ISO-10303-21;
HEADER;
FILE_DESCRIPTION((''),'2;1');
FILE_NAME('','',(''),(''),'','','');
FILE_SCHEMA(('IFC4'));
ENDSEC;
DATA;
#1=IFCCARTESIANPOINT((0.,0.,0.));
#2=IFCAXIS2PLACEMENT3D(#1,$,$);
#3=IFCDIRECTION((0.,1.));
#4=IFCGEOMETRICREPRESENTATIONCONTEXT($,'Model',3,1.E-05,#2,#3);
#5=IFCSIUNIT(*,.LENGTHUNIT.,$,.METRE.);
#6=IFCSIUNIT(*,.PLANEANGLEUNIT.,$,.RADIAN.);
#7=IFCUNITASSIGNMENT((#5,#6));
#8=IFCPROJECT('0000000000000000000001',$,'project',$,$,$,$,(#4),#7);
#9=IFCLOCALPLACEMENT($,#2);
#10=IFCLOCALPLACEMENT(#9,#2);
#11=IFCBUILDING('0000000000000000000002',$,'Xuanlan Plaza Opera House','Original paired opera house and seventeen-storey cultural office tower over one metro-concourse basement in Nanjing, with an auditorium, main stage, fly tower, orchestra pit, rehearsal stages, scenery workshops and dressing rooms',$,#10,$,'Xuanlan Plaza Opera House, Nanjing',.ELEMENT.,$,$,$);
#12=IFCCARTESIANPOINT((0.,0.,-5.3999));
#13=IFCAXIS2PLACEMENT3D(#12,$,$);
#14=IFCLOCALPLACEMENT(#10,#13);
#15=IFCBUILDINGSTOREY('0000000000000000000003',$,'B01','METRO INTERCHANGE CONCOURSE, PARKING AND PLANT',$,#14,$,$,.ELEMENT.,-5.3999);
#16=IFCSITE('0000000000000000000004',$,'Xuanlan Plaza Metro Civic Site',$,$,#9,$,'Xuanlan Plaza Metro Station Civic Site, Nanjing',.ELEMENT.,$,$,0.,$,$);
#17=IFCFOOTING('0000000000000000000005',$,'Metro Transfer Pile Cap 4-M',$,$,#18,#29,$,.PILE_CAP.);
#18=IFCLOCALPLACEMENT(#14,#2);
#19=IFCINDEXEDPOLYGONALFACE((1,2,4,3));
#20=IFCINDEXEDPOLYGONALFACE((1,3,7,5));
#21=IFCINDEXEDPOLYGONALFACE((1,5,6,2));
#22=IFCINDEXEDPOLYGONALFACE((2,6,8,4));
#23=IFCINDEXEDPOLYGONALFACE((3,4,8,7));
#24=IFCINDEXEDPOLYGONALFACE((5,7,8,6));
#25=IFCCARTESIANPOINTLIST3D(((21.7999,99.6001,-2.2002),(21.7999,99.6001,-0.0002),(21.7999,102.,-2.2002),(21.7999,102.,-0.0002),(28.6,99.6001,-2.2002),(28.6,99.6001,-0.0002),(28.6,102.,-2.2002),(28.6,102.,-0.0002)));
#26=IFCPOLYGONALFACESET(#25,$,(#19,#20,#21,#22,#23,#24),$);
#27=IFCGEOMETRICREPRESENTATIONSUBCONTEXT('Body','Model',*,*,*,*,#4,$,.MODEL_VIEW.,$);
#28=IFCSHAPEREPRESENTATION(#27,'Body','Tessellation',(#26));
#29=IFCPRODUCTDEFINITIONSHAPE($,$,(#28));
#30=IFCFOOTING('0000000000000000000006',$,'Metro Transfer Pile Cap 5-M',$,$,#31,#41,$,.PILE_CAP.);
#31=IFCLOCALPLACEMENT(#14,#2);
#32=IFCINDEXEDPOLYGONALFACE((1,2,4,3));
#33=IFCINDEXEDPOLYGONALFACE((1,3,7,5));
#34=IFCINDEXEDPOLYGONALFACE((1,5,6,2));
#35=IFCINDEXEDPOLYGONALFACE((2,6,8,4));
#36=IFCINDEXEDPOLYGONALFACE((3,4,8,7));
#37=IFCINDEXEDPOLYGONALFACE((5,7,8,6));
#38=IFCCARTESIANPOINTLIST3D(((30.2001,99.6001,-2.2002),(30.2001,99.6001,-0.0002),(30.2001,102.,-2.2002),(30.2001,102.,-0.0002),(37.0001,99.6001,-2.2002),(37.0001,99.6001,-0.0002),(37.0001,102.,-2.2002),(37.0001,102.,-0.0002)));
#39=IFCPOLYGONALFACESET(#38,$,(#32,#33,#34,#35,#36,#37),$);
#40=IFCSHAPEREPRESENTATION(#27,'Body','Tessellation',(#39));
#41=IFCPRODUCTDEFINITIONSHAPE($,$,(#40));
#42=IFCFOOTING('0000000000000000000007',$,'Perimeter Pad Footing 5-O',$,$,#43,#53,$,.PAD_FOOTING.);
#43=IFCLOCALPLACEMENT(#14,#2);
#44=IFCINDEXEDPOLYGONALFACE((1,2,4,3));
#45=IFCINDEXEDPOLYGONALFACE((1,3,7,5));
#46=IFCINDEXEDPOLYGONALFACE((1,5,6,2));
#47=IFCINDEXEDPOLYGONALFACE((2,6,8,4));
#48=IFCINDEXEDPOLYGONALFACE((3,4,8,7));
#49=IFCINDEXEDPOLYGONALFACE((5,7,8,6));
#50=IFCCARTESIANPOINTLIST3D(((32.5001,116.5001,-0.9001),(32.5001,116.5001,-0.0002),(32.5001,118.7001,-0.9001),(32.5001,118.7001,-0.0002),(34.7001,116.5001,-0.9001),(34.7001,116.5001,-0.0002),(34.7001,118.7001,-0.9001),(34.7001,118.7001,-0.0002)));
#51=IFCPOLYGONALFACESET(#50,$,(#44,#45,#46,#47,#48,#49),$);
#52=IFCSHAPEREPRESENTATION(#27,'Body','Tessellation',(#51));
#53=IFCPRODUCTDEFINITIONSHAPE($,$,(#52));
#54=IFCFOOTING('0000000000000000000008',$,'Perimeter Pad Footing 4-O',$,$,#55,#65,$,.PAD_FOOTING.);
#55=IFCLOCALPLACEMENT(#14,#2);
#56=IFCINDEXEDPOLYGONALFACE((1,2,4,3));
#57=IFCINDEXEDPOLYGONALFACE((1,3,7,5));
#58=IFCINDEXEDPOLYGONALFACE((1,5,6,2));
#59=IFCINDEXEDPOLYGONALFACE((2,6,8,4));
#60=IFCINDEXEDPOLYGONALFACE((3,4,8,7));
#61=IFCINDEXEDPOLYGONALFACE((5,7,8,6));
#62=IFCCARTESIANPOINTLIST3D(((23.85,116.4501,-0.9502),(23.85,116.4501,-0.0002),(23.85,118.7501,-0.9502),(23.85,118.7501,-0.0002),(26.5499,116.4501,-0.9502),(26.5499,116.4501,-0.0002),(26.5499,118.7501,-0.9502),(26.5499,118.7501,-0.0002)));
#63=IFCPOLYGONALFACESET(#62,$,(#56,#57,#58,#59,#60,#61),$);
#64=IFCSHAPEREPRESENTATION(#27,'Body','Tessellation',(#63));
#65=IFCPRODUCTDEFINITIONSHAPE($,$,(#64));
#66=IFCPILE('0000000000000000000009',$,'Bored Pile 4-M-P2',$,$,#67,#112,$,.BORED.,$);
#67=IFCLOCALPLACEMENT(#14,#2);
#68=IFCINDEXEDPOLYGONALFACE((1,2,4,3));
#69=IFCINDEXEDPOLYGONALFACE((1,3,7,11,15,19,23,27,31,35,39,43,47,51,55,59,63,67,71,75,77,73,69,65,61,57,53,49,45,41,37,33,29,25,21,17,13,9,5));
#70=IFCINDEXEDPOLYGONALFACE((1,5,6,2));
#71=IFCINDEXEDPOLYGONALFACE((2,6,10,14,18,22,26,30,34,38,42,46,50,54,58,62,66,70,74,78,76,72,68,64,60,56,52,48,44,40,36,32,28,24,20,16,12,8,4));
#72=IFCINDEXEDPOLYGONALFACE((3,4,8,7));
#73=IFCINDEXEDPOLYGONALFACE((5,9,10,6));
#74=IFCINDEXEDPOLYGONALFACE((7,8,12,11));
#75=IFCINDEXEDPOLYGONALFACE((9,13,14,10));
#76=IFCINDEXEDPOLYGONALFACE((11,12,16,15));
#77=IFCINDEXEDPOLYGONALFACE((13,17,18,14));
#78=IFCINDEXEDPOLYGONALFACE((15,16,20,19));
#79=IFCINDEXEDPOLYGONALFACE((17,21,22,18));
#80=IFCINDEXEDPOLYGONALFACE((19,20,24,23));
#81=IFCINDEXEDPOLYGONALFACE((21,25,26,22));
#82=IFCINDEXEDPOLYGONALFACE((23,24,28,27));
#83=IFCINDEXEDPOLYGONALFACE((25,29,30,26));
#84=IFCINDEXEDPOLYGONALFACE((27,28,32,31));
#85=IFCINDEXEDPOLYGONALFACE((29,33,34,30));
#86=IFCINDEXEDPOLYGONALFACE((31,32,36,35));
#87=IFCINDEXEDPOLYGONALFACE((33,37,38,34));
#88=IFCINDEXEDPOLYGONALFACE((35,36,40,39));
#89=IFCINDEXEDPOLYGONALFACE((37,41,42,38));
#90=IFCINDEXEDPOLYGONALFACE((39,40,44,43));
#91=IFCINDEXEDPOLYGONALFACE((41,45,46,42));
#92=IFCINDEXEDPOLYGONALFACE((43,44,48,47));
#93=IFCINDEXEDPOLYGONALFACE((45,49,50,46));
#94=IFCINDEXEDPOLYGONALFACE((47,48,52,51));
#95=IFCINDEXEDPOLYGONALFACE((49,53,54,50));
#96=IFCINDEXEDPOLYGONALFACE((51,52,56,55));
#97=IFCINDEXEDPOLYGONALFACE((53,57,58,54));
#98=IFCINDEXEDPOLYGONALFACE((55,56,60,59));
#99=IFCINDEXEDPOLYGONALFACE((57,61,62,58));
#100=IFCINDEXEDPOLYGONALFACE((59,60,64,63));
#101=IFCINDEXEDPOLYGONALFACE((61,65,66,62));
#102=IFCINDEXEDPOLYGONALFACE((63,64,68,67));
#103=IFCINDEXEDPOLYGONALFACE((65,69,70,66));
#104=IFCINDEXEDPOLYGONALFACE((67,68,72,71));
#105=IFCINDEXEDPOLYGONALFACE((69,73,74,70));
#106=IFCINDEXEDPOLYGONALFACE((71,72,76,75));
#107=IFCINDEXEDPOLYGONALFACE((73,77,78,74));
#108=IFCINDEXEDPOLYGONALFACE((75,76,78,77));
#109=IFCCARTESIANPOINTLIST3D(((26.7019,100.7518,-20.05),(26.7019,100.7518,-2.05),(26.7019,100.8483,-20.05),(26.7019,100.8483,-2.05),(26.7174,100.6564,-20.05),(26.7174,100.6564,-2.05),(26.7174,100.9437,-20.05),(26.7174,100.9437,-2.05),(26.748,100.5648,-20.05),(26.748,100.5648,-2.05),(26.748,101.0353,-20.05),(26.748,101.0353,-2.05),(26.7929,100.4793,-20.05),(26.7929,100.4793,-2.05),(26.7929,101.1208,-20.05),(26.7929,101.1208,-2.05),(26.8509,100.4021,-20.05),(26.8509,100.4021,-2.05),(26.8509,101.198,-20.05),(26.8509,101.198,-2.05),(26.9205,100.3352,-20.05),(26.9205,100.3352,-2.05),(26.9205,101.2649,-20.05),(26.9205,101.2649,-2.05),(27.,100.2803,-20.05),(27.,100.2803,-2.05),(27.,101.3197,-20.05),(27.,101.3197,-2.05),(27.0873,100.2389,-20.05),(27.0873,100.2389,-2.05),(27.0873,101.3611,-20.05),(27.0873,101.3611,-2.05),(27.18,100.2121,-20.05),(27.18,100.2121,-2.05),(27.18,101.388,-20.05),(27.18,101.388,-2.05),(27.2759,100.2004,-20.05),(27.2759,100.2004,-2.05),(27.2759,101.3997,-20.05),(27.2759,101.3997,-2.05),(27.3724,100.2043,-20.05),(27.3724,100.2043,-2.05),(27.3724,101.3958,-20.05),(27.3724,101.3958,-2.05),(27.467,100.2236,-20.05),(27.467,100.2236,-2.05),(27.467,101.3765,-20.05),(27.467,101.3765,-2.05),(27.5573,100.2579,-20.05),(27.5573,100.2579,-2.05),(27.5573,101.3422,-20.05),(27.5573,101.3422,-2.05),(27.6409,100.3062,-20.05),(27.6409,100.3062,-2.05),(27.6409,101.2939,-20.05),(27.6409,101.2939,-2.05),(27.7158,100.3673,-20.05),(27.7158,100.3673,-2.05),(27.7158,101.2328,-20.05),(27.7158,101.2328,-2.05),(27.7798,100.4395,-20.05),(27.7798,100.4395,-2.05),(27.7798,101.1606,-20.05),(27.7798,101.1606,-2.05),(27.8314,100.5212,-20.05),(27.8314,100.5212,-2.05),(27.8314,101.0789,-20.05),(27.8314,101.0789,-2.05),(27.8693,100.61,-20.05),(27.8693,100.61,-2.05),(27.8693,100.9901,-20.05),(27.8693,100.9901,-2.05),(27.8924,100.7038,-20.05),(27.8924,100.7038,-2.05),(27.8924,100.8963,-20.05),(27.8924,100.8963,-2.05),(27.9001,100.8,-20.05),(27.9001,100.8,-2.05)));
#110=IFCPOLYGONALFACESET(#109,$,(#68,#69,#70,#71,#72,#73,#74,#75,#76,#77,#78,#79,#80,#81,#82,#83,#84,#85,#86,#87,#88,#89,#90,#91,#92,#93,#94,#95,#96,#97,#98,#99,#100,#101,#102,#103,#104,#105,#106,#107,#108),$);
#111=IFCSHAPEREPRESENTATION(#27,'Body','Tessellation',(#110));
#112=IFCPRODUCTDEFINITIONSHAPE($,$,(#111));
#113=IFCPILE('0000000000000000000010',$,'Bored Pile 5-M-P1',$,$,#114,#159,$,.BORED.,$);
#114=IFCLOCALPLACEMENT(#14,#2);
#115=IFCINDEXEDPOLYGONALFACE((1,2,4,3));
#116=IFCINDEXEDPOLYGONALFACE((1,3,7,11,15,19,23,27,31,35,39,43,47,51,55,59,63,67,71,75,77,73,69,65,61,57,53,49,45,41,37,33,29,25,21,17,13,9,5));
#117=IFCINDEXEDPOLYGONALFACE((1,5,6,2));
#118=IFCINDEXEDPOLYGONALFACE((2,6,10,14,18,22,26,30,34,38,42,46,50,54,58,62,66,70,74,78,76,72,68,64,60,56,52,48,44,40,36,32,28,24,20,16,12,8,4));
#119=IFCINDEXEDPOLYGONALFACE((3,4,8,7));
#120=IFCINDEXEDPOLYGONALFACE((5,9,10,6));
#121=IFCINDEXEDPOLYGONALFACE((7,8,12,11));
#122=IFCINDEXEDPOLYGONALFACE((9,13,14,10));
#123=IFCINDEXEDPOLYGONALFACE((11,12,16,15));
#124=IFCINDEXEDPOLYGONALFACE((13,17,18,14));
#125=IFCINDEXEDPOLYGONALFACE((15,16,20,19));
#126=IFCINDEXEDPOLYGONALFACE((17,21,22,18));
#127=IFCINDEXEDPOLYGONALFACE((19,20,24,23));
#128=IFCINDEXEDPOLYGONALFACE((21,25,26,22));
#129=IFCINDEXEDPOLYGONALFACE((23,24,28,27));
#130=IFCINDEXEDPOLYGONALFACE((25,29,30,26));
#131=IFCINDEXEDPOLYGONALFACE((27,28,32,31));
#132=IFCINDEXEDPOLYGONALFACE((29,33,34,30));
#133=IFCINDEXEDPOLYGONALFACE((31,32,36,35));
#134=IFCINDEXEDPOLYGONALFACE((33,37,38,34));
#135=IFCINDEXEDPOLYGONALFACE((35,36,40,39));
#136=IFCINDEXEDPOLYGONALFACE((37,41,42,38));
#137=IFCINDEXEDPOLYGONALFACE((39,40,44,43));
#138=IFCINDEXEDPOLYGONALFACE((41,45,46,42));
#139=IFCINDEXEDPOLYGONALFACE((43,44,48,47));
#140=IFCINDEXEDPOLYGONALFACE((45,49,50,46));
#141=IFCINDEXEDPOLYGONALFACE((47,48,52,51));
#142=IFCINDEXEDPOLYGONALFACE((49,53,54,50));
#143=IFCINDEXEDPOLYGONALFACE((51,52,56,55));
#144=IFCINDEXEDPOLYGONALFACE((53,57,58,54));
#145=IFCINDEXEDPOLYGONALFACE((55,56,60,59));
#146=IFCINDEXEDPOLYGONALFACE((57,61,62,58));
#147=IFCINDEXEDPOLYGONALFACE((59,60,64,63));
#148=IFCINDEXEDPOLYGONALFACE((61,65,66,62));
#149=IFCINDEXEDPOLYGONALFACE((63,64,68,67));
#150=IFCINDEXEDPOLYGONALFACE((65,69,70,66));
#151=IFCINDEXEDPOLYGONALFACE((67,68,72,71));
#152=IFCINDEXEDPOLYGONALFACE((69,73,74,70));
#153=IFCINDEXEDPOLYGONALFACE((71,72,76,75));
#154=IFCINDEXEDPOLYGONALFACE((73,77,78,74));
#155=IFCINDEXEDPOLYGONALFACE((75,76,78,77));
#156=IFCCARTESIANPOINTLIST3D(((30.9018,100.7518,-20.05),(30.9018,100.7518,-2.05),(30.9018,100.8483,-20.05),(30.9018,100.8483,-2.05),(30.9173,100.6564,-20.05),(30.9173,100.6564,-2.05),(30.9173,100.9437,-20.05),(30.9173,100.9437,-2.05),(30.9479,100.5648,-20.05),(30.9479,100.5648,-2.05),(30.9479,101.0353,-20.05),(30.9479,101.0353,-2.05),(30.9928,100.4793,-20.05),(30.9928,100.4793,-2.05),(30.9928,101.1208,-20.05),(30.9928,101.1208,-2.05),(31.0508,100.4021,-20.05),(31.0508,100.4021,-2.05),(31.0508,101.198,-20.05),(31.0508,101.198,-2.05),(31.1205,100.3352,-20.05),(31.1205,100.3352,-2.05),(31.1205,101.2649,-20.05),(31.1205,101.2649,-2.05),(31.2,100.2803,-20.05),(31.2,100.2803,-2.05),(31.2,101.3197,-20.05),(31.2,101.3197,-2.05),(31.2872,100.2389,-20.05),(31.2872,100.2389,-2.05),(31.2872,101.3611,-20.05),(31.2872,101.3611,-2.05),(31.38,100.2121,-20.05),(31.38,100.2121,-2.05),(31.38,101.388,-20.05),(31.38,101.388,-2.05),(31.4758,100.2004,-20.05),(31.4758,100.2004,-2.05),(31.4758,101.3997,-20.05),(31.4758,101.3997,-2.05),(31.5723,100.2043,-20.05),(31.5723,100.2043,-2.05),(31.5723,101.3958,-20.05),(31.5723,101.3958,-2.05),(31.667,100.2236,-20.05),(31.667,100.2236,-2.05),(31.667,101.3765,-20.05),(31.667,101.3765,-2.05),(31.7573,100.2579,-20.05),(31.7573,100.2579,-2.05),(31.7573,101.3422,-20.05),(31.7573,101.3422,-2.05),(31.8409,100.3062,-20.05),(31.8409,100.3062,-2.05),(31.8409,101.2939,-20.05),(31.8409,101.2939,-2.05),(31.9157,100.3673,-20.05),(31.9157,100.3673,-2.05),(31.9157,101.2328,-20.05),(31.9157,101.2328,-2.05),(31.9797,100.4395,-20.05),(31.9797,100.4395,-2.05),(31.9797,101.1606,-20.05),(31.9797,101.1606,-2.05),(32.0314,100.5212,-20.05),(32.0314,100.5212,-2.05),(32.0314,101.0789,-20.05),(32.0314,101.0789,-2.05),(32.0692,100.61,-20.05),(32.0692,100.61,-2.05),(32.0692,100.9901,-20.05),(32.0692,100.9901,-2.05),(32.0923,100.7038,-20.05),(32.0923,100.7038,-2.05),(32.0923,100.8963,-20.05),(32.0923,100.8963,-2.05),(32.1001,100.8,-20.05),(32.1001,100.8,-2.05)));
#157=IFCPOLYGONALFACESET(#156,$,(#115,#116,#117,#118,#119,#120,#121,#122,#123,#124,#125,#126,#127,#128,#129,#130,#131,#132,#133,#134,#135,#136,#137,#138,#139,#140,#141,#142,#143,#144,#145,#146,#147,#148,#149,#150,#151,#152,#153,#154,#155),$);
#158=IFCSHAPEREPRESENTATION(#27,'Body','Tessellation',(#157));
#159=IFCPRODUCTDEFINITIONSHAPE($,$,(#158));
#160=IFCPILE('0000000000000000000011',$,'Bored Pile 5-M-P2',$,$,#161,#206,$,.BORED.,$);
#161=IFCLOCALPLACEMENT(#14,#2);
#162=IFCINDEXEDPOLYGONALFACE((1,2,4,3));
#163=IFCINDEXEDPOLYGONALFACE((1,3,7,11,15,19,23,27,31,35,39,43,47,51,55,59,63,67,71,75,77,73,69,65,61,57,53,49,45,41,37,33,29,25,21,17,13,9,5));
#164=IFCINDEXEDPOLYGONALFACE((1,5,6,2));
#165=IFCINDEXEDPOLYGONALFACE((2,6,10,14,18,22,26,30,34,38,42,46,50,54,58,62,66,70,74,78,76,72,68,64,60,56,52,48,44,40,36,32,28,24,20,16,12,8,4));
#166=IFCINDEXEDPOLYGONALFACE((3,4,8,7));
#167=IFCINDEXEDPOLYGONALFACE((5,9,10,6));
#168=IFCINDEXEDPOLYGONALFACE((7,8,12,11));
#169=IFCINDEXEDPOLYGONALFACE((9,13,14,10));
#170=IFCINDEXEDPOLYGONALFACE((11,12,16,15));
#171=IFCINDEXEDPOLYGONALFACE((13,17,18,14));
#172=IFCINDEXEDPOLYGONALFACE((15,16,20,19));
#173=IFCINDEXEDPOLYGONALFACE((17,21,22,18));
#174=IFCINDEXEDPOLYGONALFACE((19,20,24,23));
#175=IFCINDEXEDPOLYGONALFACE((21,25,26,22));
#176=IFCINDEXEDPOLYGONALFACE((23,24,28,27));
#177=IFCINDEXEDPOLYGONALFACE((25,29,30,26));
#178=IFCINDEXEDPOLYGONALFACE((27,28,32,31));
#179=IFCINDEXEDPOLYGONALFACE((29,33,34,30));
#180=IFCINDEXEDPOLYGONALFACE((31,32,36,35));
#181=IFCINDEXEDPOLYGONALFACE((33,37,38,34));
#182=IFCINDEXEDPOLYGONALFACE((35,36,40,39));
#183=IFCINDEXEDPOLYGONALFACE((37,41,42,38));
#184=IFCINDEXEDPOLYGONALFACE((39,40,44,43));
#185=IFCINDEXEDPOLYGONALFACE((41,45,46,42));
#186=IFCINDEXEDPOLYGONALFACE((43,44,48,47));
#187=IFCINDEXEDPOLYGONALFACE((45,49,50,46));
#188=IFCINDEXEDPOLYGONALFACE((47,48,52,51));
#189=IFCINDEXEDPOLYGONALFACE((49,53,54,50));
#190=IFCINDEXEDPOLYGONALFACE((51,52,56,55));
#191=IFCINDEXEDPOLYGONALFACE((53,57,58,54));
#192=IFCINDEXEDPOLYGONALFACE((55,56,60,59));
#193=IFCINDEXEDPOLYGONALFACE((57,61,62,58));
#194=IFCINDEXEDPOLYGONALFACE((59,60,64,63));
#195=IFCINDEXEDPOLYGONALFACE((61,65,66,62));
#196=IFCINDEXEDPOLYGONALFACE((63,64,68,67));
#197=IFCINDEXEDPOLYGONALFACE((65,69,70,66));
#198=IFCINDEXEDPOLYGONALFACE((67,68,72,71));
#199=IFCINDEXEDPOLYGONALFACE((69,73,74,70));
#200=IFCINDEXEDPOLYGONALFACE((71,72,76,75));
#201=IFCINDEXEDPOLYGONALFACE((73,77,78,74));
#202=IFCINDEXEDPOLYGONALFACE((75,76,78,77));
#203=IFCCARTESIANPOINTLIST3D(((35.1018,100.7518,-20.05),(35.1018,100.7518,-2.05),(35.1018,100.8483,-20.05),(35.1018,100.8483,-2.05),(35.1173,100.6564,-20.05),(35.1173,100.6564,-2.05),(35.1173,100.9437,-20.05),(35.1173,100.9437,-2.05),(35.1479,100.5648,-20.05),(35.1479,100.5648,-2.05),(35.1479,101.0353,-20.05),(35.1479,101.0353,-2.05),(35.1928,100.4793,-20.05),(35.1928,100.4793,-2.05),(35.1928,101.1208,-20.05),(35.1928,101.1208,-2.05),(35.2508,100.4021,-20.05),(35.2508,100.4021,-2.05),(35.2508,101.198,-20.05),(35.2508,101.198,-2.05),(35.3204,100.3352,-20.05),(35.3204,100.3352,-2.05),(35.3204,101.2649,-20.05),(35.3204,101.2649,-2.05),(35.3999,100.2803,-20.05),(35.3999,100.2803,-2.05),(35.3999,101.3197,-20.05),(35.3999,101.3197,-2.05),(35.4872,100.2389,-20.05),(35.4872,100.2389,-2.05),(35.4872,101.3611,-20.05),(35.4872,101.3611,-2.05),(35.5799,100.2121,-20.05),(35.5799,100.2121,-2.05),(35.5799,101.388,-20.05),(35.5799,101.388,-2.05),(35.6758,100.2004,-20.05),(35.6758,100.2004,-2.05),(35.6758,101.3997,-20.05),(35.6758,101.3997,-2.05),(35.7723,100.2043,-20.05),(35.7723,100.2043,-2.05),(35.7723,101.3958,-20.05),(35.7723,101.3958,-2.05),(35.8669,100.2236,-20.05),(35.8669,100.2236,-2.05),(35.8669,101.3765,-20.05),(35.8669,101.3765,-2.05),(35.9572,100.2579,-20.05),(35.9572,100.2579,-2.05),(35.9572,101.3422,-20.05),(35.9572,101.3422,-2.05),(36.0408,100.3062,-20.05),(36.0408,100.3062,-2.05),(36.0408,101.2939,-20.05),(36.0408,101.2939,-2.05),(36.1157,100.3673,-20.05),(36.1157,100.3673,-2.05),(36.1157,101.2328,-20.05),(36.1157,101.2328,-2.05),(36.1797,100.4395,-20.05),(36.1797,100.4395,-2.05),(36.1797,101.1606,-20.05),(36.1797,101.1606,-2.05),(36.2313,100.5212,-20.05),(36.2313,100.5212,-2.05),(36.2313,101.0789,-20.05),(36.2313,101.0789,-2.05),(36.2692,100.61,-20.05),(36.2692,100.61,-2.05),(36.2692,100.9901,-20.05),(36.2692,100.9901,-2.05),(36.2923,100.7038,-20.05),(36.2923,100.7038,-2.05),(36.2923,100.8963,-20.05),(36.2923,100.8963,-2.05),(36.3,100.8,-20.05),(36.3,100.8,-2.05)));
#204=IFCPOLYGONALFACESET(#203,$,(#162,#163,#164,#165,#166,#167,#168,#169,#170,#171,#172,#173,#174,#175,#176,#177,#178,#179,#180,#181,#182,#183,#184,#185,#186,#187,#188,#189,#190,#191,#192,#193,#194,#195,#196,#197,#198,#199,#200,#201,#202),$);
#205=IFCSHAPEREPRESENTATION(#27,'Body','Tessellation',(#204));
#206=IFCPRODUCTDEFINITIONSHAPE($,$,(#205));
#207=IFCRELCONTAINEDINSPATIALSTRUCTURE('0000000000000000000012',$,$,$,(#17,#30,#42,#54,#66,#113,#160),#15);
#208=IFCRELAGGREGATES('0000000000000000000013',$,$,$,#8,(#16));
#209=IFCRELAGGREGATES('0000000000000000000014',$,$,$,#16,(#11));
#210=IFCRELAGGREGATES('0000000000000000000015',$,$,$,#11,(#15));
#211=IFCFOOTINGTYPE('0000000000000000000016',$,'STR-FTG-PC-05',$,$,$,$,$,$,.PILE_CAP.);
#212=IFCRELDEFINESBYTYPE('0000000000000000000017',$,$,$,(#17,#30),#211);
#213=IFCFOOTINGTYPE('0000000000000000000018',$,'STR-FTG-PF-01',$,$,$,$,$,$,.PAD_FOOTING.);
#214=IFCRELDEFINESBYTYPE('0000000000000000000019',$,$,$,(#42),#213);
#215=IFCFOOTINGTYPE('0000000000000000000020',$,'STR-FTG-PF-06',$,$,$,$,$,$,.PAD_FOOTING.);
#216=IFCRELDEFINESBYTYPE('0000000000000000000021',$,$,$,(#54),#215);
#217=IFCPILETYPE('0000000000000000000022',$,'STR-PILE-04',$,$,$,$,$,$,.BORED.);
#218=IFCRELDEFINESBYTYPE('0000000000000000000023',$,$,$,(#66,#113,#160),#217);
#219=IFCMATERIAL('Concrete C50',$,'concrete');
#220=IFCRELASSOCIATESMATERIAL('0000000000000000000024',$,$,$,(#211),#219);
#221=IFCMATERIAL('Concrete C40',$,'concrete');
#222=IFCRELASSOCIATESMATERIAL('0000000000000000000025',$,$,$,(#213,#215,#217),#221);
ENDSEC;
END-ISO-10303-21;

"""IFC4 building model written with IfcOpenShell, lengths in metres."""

from ifc_helpers import new_model, si_unit, direction, frame, origin, origin_2d, place, context, subcontext, project, spatial, rectangle, circle, extrude, material, material_profile, profile_set, type_object, element, save


model = new_model("IFC4")

# Units and contexts
model_context = context("Model", 3, precision=1e-05, world=origin(), true_north=direction((0.0, 1.0)))
body_context = subcontext(model_context, "Body", "Model", "MODEL_VIEW")
ifc_project = project(units=[si_unit("LENGTHUNIT", "METRE"), si_unit("PLANEANGLEUNIT", "RADIAN")], contexts=[model_context])

# Site, building, storey
site_placement = place(None, origin())
site = spatial("IfcSite", under=ifc_project, at=site_placement, Name="Xuanlan Plaza Metro Civic Site", LongName="Xuanlan Plaza Metro Station Civic Site, Nanjing", CompositionType="ELEMENT", RefElevation=0.0)
building_placement = place(site_placement, origin())
building = spatial("IfcBuilding", under=site, at=building_placement, Name="Xuanlan Plaza Opera House", Description="Original paired opera house and seventeen-storey cultural office tower over one metro-concourse basement in Nanjing, with an auditorium, main stage, fly tower, orchestra pit, rehearsal stages, scenery workshops and dressing rooms", LongName="Xuanlan Plaza Opera House, Nanjing", CompositionType="ELEMENT")
storey_placement = place(building_placement, frame((0.0, 0.0, -5.3999)))
storey = spatial("IfcBuildingStorey", under=building, at=storey_placement, Name="B01", Description="METRO INTERCHANGE CONCOURSE, PARKING AND PLANT", CompositionType="ELEMENT", Elevation=-5.3999)

# Footings
ifc_material_1 = material(Name="Concrete C50", Category="concrete")
footing_type_1 = type_object("IfcFootingType", Name="STR-FTG-PC-05", PredefinedType="PILE_CAP", material=ifc_material_1)
for number, where, z_axis, x_axis, name in (
    (1, (25.2, 100.8, -2.2002), (0.0, 0.0, 1.0), (1.0, 0.0, 0.0), "Metro Transfer Pile Cap 4-M"),
    (2, (33.6001, 100.8, -2.2002), (0.0, 0.0, 1.0), (1.0, 0.0, 0.0), "Metro Transfer Pile Cap 5-M"),
):
    element("IfcFooting", number, at=place(storey_placement, frame(where, z_axis=z_axis, x_axis=x_axis)), inside=storey, type_object=footing_type_1, Name=name, PredefinedType="PILE_CAP", context=body_context, shape_type="SweptSolid", body=[
        extrude(rectangle(XDim=6.8, YDim=2.3999, at=origin_2d()), origin(), (0.0, 0.0, 1.0), 2.2),
    ])
ifc_material_2 = material(Name="Concrete C40", Category="concrete")
footing_type_2 = type_object("IfcFootingType", Name="STR-FTG-PF-01", PredefinedType="PAD_FOOTING", material=ifc_material_2)
footing_1_placement = place(storey_placement, frame((33.6001, 117.6001, -0.9001), z_axis=(0.0, 0.0, 1.0), x_axis=(1.0, 0.0, 0.0)))
element("IfcFooting", 3, at=footing_1_placement, inside=storey, type_object=footing_type_2, Name="Perimeter Pad Footing 5-O", PredefinedType="PAD_FOOTING", context=body_context, shape_type="SweptSolid", body=[
    extrude(rectangle(XDim=2.2, YDim=2.2, at=origin_2d()), origin(), (0.0, 0.0, 1.0), 0.8999),
])
footing_type_3 = type_object("IfcFootingType", Name="STR-FTG-PF-06", PredefinedType="PAD_FOOTING", material=ifc_material_2)
footing_2_placement = place(storey_placement, frame((25.2, 117.6001, -0.9502), z_axis=(0.0, 0.0, 1.0), x_axis=(1.0, 0.0, 0.0)))
element("IfcFooting", 4, at=footing_2_placement, inside=storey, type_object=footing_type_3, Name="Perimeter Pad Footing 4-O", PredefinedType="PAD_FOOTING", context=body_context, shape_type="SweptSolid", body=[
    extrude(rectangle(XDim=2.7, YDim=2.3, at=origin_2d()), origin(), (0.0, 0.0, 1.0), 0.95),
])

# Piles
ifc_material_profile_1 = material_profile(ifc_material_2, circle(Radius=0.6001, at=origin_2d()), Name="PILE D1200")
ifc_profile_set_1 = profile_set([ifc_material_profile_1], Name="Concrete C40")
pile_type = type_object("IfcPileType", Name="STR-PILE-04", PredefinedType="BORED", material=ifc_profile_set_1)
for number, where, z_axis, x_axis, name in (
    (5, (27.3, 100.8, -2.05), (0.0, 0.0, -1.0), (1.0, 0.0, 0.0), "Bored Pile 4-M-P2"),
    (6, (31.5, 100.8, -2.05), (0.0, 0.0, -1.0), (1.0, 0.0, 0.0), "Bored Pile 5-M-P1"),
    (7, (35.7, 100.8, -2.05), (0.0, 0.0, -1.0), (1.0, 0.0, 0.0), "Bored Pile 5-M-P2"),
):
    element("IfcPile", number, at=place(storey_placement, frame(where, z_axis=z_axis, x_axis=x_axis)), inside=storey, type_object=pile_type, Name=name, PredefinedType="BORED", context=body_context, shape_type="SweptSolid", body=[
        extrude(circle(Radius=0.6001, at=origin_2d()), origin(), (0.0, 0.0, 1.0), 18.0),
    ])

save(model, "model.ifc")
